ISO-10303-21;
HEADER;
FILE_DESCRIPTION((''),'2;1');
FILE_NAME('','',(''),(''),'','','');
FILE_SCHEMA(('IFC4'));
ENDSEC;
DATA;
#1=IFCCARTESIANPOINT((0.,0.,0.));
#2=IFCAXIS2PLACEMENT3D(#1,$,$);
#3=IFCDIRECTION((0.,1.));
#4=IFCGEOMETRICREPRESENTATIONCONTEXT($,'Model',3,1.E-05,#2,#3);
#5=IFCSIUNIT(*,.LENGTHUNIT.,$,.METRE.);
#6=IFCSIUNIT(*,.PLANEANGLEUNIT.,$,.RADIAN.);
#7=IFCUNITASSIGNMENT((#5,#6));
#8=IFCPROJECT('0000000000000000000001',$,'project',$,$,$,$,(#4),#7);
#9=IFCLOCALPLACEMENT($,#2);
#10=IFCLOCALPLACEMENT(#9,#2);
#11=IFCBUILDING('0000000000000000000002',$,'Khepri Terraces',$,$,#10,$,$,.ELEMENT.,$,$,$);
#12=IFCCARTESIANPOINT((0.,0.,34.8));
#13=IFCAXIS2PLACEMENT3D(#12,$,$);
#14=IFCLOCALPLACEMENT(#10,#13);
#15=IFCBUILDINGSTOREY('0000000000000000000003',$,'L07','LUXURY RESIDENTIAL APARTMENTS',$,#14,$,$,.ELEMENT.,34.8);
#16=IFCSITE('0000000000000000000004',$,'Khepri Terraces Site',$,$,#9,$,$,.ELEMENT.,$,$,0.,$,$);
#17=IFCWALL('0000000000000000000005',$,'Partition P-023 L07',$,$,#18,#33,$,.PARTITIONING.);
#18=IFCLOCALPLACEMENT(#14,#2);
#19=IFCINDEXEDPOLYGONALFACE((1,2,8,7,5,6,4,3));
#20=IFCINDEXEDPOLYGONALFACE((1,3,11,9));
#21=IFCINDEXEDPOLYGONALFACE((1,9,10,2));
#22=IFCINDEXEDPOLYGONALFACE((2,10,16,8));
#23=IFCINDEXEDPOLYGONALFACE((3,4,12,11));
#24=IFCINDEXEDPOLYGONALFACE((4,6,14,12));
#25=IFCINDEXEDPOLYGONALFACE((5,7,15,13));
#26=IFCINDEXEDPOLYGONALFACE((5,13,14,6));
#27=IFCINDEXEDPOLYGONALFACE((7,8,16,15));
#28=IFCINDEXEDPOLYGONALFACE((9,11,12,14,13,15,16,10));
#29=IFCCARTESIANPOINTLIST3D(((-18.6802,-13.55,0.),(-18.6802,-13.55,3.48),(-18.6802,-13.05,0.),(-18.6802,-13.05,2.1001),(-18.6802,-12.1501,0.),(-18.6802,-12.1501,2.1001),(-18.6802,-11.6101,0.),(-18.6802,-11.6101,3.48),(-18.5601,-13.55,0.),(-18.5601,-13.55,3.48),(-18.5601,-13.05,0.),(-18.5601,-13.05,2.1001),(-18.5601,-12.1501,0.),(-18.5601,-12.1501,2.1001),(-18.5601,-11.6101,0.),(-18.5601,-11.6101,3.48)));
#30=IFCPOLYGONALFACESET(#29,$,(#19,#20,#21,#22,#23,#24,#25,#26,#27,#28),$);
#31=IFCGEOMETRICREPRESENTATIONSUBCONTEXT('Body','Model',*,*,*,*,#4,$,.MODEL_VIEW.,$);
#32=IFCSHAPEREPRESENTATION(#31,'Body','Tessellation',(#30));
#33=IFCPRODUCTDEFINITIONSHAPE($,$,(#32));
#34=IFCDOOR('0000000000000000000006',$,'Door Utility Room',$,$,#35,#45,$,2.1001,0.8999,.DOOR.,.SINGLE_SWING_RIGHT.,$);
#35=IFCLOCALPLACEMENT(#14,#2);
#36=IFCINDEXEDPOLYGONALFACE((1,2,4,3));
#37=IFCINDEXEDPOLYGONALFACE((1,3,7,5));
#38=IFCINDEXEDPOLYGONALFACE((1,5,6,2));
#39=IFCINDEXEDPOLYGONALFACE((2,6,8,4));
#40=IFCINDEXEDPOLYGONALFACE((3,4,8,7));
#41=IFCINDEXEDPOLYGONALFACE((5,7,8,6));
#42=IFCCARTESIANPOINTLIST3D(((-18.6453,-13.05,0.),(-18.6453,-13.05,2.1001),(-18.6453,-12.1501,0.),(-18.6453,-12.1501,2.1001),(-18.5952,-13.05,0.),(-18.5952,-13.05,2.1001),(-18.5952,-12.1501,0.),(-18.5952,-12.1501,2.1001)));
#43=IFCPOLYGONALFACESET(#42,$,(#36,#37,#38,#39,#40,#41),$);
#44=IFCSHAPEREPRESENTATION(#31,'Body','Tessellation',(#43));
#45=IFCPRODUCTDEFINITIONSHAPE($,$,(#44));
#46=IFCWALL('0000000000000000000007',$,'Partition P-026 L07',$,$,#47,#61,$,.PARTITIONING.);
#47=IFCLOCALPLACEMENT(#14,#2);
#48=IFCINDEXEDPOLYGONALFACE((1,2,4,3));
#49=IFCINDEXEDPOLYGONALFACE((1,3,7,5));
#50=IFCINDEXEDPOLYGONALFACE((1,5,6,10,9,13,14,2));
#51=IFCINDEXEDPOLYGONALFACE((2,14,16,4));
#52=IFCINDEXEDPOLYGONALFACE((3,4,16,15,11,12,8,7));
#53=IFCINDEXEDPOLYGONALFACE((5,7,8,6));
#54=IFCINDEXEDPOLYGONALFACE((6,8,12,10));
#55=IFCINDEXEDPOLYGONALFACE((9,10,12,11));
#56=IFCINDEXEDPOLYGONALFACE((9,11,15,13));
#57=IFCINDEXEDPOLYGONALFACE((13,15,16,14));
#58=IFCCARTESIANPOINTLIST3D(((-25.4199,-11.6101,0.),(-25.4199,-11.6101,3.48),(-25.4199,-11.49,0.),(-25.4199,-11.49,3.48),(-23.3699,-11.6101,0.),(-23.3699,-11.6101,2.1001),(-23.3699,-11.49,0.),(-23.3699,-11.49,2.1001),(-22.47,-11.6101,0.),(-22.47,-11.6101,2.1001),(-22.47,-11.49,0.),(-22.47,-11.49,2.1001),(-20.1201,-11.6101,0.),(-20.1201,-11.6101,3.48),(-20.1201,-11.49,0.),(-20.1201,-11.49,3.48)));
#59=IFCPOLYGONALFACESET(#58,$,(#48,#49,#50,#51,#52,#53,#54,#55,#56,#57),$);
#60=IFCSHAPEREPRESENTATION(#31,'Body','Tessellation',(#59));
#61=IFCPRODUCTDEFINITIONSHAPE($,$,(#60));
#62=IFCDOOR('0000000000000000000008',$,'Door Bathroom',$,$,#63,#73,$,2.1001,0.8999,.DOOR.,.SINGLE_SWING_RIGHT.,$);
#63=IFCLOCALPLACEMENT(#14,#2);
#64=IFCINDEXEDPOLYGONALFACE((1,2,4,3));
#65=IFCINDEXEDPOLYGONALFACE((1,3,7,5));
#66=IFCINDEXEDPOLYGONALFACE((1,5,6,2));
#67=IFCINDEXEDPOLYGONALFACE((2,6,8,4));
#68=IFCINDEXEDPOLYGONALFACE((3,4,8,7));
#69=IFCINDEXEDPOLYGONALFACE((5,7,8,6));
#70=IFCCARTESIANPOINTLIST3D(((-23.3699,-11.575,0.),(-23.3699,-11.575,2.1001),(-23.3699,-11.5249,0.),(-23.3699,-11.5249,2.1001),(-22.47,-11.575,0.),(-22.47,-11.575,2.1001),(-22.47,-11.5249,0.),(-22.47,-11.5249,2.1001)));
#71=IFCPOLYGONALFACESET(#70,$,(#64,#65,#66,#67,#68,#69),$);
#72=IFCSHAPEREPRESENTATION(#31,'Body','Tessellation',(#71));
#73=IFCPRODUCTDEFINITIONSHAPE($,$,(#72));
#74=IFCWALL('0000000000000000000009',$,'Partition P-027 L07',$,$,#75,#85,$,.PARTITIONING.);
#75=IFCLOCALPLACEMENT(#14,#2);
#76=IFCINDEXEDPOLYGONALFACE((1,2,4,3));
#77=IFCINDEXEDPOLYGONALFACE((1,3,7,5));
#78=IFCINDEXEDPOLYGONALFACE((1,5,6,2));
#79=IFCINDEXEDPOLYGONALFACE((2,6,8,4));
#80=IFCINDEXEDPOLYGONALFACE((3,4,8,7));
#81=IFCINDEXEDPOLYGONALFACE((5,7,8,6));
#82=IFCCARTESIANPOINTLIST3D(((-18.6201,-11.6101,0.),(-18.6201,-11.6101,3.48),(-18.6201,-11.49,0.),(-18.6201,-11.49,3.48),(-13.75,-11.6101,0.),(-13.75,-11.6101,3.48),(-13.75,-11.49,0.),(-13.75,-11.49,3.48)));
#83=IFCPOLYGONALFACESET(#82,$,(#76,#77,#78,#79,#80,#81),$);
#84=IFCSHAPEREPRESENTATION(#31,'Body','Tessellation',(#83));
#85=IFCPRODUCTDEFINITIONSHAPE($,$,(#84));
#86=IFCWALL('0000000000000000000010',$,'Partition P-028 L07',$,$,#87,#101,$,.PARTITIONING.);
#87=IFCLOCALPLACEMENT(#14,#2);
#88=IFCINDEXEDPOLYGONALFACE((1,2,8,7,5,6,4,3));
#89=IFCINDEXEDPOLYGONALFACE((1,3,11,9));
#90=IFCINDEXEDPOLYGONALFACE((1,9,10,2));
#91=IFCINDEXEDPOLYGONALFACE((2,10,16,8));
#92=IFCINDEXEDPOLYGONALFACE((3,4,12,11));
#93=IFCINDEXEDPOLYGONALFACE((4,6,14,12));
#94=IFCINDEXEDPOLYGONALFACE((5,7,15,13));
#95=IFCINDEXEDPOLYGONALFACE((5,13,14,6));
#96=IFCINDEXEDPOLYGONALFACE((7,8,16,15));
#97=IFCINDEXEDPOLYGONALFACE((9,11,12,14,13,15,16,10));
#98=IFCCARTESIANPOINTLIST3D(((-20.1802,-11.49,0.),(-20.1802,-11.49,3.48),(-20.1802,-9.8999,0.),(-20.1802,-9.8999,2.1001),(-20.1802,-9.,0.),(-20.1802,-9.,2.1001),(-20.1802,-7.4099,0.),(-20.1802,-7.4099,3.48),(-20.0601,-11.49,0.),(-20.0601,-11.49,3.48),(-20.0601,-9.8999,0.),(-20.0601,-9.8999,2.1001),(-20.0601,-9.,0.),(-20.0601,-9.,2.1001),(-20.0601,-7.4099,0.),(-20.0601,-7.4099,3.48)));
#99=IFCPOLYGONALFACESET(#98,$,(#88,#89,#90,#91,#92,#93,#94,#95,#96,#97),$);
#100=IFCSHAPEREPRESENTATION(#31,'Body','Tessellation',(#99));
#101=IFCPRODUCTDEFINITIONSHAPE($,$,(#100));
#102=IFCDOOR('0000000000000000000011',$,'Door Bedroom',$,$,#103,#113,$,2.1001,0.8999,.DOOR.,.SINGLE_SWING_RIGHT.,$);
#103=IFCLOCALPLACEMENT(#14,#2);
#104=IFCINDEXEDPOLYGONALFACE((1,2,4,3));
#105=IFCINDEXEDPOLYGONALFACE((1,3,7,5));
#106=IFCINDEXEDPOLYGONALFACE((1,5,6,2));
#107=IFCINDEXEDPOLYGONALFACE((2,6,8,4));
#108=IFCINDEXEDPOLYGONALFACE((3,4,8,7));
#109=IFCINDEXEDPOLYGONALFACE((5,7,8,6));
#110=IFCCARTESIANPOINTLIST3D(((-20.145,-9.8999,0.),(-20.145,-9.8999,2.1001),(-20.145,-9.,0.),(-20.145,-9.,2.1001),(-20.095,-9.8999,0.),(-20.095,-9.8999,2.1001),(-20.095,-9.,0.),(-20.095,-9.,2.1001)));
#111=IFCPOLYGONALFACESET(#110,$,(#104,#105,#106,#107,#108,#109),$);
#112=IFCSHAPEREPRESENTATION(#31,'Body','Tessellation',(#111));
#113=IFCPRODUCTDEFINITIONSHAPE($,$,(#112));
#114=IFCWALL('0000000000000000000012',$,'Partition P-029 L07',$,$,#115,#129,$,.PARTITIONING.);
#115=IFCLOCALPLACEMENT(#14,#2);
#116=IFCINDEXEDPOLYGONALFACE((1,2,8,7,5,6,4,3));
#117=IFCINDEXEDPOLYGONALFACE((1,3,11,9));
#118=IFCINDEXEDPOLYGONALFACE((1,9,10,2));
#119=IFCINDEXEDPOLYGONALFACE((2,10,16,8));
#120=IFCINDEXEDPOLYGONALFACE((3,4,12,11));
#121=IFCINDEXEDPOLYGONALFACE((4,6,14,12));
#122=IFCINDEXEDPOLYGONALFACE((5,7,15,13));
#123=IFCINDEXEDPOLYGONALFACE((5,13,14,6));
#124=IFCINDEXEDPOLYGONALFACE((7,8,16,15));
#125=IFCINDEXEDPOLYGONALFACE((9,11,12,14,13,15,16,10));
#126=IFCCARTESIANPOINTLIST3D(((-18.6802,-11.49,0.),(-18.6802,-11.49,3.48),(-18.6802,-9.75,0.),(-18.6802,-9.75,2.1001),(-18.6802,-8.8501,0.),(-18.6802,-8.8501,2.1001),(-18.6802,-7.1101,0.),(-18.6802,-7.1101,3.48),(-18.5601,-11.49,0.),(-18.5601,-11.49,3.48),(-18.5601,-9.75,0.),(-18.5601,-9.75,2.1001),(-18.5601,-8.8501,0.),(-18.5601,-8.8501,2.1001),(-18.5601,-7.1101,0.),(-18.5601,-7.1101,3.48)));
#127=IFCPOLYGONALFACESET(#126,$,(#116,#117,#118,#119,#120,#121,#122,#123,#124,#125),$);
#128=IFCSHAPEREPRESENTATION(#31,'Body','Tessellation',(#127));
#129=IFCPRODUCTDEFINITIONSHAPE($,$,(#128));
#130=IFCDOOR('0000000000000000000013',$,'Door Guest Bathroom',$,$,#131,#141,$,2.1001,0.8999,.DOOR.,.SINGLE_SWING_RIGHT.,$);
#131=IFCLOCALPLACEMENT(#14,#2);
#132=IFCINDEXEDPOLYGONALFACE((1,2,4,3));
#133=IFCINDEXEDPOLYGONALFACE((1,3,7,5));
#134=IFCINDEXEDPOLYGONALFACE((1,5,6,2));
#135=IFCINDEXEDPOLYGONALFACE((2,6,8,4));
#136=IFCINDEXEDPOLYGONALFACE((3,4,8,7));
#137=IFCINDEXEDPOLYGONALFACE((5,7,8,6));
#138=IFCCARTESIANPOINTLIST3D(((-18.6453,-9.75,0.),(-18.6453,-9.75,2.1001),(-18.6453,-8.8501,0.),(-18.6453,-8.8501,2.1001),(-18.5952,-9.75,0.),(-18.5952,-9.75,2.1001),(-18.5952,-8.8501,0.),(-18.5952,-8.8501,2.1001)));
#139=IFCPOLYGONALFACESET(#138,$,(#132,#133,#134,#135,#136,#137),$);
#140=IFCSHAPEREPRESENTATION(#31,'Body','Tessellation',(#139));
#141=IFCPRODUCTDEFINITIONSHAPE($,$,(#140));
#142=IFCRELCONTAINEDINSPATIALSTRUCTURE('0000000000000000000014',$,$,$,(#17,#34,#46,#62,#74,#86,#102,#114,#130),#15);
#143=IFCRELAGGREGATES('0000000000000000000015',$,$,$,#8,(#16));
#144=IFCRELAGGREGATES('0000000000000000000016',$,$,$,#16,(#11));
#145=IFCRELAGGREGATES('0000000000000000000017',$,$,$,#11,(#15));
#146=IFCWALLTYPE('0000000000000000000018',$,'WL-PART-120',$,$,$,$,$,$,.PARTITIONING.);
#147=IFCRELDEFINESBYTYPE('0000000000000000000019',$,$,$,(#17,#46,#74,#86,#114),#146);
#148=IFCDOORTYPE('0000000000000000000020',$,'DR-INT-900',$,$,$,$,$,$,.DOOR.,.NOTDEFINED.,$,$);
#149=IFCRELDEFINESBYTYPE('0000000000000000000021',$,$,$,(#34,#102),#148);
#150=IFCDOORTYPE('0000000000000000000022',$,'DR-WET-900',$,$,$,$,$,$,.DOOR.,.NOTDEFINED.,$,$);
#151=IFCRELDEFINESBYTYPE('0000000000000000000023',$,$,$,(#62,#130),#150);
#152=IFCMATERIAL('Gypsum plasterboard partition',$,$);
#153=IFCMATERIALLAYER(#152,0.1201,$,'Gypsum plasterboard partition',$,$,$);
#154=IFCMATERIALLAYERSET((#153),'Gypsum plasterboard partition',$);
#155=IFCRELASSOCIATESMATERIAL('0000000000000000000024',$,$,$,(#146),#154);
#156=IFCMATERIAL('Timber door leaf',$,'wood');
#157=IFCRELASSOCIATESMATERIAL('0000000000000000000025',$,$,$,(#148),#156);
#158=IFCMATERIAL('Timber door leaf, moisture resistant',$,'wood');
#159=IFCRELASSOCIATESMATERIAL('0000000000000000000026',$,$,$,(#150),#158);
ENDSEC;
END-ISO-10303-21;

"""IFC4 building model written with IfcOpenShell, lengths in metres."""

from ifc_helpers import new_model, si_unit, direction, frame, frame_2d, origin, place, context, subcontext, project, spatial, rectangle, extrude, material, layer, layer_set, type_object, element, fill, save


model = new_model("IFC4")

# Units and contexts
model_context = context("Model", 3, precision=1e-05, world=origin(), true_north=direction((0.0, 1.0)))
body_context = subcontext(model_context, "Body", "Model", "MODEL_VIEW")
ifc_project = project(units=[si_unit("LENGTHUNIT", "METRE"), si_unit("PLANEANGLEUNIT", "RADIAN")], contexts=[model_context])

# Site, building, storey
site_placement = place(None, origin())
site = spatial("IfcSite", under=ifc_project, at=site_placement, Name="Khepri Terraces Site", CompositionType="ELEMENT", RefElevation=0.0)
building_placement = place(site_placement, origin())
building = spatial("IfcBuilding", under=site, at=building_placement, Name="Khepri Terraces", CompositionType="ELEMENT")
storey_placement = place(building_placement, frame((0.0, 0.0, 34.8)))
storey = spatial("IfcBuildingStorey", under=building, at=storey_placement, Name="L07", Description="LUXURY RESIDENTIAL APARTMENTS", CompositionType="ELEMENT", Elevation=34.8)

# Shared definitions
ifc_material_1 = material(Name="Gypsum plasterboard partition")
ifc_layer_1 = layer(ifc_material_1, 0.1201, Name="Gypsum plasterboard partition")
ifc_layer_set_1 = layer_set([ifc_layer_1], Name="Gypsum plasterboard partition")
wall_type_1 = type_object("IfcWallType", Name="WL-PART-120", PredefinedType="PARTITIONING", material=ifc_layer_set_1)

# Walls, openings, doors
wall_1_placement = place(storey_placement, frame((-18.6201, -13.55, 0.0), z_axis=(0.0, 0.0, 1.0), x_axis=(0.0, 1.0, 0.0)))
wall_1 = element("IfcWall", 1, at=wall_1_placement, inside=storey, type_object=wall_type_1, Name="Partition P-023 L07", PredefinedType="PARTITIONING", context=body_context, shape_type="SweptSolid", body=[
    extrude(rectangle(XDim=1.9399, YDim=0.1201, at=frame_2d((0.97, 0.0))), origin(), (0.0, 0.0, 1.0), 3.48),
])
opening_1_placement = place(wall_1_placement, frame((0.5, 0.0, 0.0)))
opening_1 = element("IfcOpeningElement", 2, at=opening_1_placement, cuts=wall_1, PredefinedType="OPENING", context=body_context, shape_type="SweptSolid", body=[
    extrude(rectangle(XDim=0.8999, YDim=2.1001, at=frame_2d((0.45, 1.05))), frame((0.0, 0.0701, 0.0), z_axis=(0.0, -1.0, 0.0), x_axis=(1.0, 0.0, 0.0)), (0.0, 0.0, 1.0), 0.1401),
])
ifc_material_2 = material(Name="Timber door leaf", Category="wood")
door_type_1 = type_object("IfcDoorType", Name="DR-INT-900", OperationType="NOTDEFINED", PredefinedType="DOOR", material=ifc_material_2)
door_1_placement = place(opening_1_placement, frame((0.8999, 0.0, 0.0), z_axis=(0.0, 0.0, 1.0), x_axis=(-1.0, 0.0, 0.0)))
door_1 = element("IfcDoor", 3, at=door_1_placement, inside=storey, type_object=door_type_1, Name="Door Utility Room", OperationType="SINGLE_SWING_RIGHT", OverallHeight=2.1001, OverallWidth=0.8999, PredefinedType="DOOR", context=body_context, shape_type="SweptSolid", body=[
    extrude(rectangle(XDim=0.8999, YDim=2.1001, at=frame_2d((0.45, 1.05))), frame((0.0, 0.0249, 0.0), z_axis=(0.0, -1.0, 0.0), x_axis=(1.0, 0.0, 0.0)), (0.0, 0.0, 1.0), 0.05),
])
fill(opening_1, door_1)
wall_2_placement = place(storey_placement, frame((-25.4199, -11.55, 0.0), z_axis=(0.0, 0.0, 1.0), x_axis=(1.0, 0.0, 0.0)))
wall_2 = element("IfcWall", 4, at=wall_2_placement, inside=storey, type_object=wall_type_1, Name="Partition P-026 L07", PredefinedType="PARTITIONING", context=body_context, shape_type="SweptSolid", body=[
    extrude(rectangle(XDim=5.2998, YDim=0.1201, at=frame_2d((2.6499, 0.0))), origin(), (0.0, 0.0, 1.0), 3.48),
])
opening_2_placement = place(wall_2_placement, frame((2.05, 0.0, 0.0)))
opening_2 = element("IfcOpeningElement", 5, at=opening_2_placement, cuts=wall_2, PredefinedType="OPENING", context=body_context, shape_type="SweptSolid", body=[
    extrude(rectangle(XDim=0.8999, YDim=2.1001, at=frame_2d((0.45, 1.05))), frame((0.0, 0.0701, 0.0), z_axis=(0.0, -1.0, 0.0), x_axis=(1.0, 0.0, 0.0)), (0.0, 0.0, 1.0), 0.1401),
])
ifc_material_3 = material(Name="Timber door leaf, moisture resistant", Category="wood")
door_type_2 = type_object("IfcDoorType", Name="DR-WET-900", OperationType="NOTDEFINED", PredefinedType="DOOR", material=ifc_material_3)
door_2_placement = place(opening_2_placement, frame((0.8999, 0.0, 0.0), z_axis=(0.0, 0.0, 1.0), x_axis=(-1.0, 0.0, 0.0)))
door_2 = element("IfcDoor", 6, at=door_2_placement, inside=storey, type_object=door_type_2, Name="Door Bathroom", OperationType="SINGLE_SWING_RIGHT", OverallHeight=2.1001, OverallWidth=0.8999, PredefinedType="DOOR", context=body_context, shape_type="SweptSolid", body=[
    extrude(rectangle(XDim=0.8999, YDim=2.1001, at=frame_2d((0.45, 1.05))), frame((0.0, 0.0249, 0.0), z_axis=(0.0, -1.0, 0.0), x_axis=(1.0, 0.0, 0.0)), (0.0, 0.0, 1.0), 0.05),
])
fill(opening_2, door_2)

# Wall
wall_3_placement = place(storey_placement, frame((-18.6201, -11.55, 0.0), z_axis=(0.0, 0.0, 1.0), x_axis=(1.0, 0.0, 0.0)))
element("IfcWall", 7, at=wall_3_placement, inside=storey, type_object=wall_type_1, Name="Partition P-027 L07", PredefinedType="PARTITIONING", context=body_context, shape_type="SweptSolid", body=[
    extrude(rectangle(XDim=4.8701, YDim=0.1201, at=frame_2d((2.4351, 0.0))), origin(), (0.0, 0.0, 1.0), 3.48),
])

# Walls, openings, doors
wall_4_placement = place(storey_placement, frame((-20.1201, -11.49, 0.0), z_axis=(0.0, 0.0, 1.0), x_axis=(0.0, 1.0, 0.0)))
wall_4 = element("IfcWall", 8, at=wall_4_placement, inside=storey, type_object=wall_type_1, Name="Partition P-028 L07", PredefinedType="PARTITIONING", context=body_context, shape_type="SweptSolid", body=[
    extrude(rectangle(XDim=4.0801, YDim=0.1201, at=frame_2d((2.04, 0.0))), origin(), (0.0, 0.0, 1.0), 3.48),
])
opening_3_placement = place(wall_4_placement, frame((1.5901, 0.0, 0.0)))
opening_3 = element("IfcOpeningElement", 9, at=opening_3_placement, cuts=wall_4, PredefinedType="OPENING", context=body_context, shape_type="SweptSolid", body=[
    extrude(rectangle(XDim=0.8999, YDim=2.1001, at=frame_2d((0.45, 1.05))), frame((0.0, 0.0701, 0.0), z_axis=(0.0, -1.0, 0.0), x_axis=(1.0, 0.0, 0.0)), (0.0, 0.0, 1.0), 0.1401),
])
door_3_placement = place(opening_3_placement, origin())
door_3 = element("IfcDoor", 10, at=door_3_placement, inside=storey, type_object=door_type_1, Name="Door Bedroom", OperationType="SINGLE_SWING_RIGHT", OverallHeight=2.1001, OverallWidth=0.8999, PredefinedType="DOOR", context=body_context, shape_type="SweptSolid", body=[
    extrude(rectangle(XDim=0.8999, YDim=2.1001, at=frame_2d((0.45, 1.05))), frame((0.0, 0.0249, 0.0), z_axis=(0.0, -1.0, 0.0), x_axis=(1.0, 0.0, 0.0)), (0.0, 0.0, 1.0), 0.05),
])
fill(opening_3, door_3)
wall_5_placement = place(storey_placement, frame((-18.6201, -11.49, 0.0), z_axis=(0.0, 0.0, 1.0), x_axis=(0.0, 1.0, 0.0)))
wall_5 = element("IfcWall", 11, at=wall_5_placement, inside=storey, type_object=wall_type_1, Name="Partition P-029 L07", PredefinedType="PARTITIONING", context=body_context, shape_type="SweptSolid", body=[
    extrude(rectangle(XDim=4.3799, YDim=0.1201, at=frame_2d((2.1899, 0.0))), origin(), (0.0, 0.0, 1.0), 3.48),
])
opening_4_placement = place(wall_5_placement, frame((1.74, 0.0, 0.0)))
opening_4 = element("IfcOpeningElement", 12, at=opening_4_placement, cuts=wall_5, PredefinedType="OPENING", context=body_context, shape_type="SweptSolid", body=[
    extrude(rectangle(XDim=0.8999, YDim=2.1001, at=frame_2d((0.45, 1.05))), frame((0.0, 0.0701, 0.0), z_axis=(0.0, -1.0, 0.0), x_axis=(1.0, 0.0, 0.0)), (0.0, 0.0, 1.0), 0.1401),
])
door_4_placement = place(opening_4_placement, frame((0.8999, 0.0, 0.0), z_axis=(0.0, 0.0, 1.0), x_axis=(-1.0, 0.0, 0.0)))
door_4 = element("IfcDoor", 13, at=door_4_placement, inside=storey, type_object=door_type_2, Name="Door Guest Bathroom", OperationType="SINGLE_SWING_RIGHT", OverallHeight=2.1001, OverallWidth=0.8999, PredefinedType="DOOR", context=body_context, shape_type="SweptSolid", body=[
    extrude(rectangle(XDim=0.8999, YDim=2.1001, at=frame_2d((0.45, 1.05))), frame((0.0, 0.0249, 0.0), z_axis=(0.0, -1.0, 0.0), x_axis=(1.0, 0.0, 0.0)), (0.0, 0.0, 1.0), 0.05),
])
fill(opening_4, door_4)

save(model, "model.ifc")
